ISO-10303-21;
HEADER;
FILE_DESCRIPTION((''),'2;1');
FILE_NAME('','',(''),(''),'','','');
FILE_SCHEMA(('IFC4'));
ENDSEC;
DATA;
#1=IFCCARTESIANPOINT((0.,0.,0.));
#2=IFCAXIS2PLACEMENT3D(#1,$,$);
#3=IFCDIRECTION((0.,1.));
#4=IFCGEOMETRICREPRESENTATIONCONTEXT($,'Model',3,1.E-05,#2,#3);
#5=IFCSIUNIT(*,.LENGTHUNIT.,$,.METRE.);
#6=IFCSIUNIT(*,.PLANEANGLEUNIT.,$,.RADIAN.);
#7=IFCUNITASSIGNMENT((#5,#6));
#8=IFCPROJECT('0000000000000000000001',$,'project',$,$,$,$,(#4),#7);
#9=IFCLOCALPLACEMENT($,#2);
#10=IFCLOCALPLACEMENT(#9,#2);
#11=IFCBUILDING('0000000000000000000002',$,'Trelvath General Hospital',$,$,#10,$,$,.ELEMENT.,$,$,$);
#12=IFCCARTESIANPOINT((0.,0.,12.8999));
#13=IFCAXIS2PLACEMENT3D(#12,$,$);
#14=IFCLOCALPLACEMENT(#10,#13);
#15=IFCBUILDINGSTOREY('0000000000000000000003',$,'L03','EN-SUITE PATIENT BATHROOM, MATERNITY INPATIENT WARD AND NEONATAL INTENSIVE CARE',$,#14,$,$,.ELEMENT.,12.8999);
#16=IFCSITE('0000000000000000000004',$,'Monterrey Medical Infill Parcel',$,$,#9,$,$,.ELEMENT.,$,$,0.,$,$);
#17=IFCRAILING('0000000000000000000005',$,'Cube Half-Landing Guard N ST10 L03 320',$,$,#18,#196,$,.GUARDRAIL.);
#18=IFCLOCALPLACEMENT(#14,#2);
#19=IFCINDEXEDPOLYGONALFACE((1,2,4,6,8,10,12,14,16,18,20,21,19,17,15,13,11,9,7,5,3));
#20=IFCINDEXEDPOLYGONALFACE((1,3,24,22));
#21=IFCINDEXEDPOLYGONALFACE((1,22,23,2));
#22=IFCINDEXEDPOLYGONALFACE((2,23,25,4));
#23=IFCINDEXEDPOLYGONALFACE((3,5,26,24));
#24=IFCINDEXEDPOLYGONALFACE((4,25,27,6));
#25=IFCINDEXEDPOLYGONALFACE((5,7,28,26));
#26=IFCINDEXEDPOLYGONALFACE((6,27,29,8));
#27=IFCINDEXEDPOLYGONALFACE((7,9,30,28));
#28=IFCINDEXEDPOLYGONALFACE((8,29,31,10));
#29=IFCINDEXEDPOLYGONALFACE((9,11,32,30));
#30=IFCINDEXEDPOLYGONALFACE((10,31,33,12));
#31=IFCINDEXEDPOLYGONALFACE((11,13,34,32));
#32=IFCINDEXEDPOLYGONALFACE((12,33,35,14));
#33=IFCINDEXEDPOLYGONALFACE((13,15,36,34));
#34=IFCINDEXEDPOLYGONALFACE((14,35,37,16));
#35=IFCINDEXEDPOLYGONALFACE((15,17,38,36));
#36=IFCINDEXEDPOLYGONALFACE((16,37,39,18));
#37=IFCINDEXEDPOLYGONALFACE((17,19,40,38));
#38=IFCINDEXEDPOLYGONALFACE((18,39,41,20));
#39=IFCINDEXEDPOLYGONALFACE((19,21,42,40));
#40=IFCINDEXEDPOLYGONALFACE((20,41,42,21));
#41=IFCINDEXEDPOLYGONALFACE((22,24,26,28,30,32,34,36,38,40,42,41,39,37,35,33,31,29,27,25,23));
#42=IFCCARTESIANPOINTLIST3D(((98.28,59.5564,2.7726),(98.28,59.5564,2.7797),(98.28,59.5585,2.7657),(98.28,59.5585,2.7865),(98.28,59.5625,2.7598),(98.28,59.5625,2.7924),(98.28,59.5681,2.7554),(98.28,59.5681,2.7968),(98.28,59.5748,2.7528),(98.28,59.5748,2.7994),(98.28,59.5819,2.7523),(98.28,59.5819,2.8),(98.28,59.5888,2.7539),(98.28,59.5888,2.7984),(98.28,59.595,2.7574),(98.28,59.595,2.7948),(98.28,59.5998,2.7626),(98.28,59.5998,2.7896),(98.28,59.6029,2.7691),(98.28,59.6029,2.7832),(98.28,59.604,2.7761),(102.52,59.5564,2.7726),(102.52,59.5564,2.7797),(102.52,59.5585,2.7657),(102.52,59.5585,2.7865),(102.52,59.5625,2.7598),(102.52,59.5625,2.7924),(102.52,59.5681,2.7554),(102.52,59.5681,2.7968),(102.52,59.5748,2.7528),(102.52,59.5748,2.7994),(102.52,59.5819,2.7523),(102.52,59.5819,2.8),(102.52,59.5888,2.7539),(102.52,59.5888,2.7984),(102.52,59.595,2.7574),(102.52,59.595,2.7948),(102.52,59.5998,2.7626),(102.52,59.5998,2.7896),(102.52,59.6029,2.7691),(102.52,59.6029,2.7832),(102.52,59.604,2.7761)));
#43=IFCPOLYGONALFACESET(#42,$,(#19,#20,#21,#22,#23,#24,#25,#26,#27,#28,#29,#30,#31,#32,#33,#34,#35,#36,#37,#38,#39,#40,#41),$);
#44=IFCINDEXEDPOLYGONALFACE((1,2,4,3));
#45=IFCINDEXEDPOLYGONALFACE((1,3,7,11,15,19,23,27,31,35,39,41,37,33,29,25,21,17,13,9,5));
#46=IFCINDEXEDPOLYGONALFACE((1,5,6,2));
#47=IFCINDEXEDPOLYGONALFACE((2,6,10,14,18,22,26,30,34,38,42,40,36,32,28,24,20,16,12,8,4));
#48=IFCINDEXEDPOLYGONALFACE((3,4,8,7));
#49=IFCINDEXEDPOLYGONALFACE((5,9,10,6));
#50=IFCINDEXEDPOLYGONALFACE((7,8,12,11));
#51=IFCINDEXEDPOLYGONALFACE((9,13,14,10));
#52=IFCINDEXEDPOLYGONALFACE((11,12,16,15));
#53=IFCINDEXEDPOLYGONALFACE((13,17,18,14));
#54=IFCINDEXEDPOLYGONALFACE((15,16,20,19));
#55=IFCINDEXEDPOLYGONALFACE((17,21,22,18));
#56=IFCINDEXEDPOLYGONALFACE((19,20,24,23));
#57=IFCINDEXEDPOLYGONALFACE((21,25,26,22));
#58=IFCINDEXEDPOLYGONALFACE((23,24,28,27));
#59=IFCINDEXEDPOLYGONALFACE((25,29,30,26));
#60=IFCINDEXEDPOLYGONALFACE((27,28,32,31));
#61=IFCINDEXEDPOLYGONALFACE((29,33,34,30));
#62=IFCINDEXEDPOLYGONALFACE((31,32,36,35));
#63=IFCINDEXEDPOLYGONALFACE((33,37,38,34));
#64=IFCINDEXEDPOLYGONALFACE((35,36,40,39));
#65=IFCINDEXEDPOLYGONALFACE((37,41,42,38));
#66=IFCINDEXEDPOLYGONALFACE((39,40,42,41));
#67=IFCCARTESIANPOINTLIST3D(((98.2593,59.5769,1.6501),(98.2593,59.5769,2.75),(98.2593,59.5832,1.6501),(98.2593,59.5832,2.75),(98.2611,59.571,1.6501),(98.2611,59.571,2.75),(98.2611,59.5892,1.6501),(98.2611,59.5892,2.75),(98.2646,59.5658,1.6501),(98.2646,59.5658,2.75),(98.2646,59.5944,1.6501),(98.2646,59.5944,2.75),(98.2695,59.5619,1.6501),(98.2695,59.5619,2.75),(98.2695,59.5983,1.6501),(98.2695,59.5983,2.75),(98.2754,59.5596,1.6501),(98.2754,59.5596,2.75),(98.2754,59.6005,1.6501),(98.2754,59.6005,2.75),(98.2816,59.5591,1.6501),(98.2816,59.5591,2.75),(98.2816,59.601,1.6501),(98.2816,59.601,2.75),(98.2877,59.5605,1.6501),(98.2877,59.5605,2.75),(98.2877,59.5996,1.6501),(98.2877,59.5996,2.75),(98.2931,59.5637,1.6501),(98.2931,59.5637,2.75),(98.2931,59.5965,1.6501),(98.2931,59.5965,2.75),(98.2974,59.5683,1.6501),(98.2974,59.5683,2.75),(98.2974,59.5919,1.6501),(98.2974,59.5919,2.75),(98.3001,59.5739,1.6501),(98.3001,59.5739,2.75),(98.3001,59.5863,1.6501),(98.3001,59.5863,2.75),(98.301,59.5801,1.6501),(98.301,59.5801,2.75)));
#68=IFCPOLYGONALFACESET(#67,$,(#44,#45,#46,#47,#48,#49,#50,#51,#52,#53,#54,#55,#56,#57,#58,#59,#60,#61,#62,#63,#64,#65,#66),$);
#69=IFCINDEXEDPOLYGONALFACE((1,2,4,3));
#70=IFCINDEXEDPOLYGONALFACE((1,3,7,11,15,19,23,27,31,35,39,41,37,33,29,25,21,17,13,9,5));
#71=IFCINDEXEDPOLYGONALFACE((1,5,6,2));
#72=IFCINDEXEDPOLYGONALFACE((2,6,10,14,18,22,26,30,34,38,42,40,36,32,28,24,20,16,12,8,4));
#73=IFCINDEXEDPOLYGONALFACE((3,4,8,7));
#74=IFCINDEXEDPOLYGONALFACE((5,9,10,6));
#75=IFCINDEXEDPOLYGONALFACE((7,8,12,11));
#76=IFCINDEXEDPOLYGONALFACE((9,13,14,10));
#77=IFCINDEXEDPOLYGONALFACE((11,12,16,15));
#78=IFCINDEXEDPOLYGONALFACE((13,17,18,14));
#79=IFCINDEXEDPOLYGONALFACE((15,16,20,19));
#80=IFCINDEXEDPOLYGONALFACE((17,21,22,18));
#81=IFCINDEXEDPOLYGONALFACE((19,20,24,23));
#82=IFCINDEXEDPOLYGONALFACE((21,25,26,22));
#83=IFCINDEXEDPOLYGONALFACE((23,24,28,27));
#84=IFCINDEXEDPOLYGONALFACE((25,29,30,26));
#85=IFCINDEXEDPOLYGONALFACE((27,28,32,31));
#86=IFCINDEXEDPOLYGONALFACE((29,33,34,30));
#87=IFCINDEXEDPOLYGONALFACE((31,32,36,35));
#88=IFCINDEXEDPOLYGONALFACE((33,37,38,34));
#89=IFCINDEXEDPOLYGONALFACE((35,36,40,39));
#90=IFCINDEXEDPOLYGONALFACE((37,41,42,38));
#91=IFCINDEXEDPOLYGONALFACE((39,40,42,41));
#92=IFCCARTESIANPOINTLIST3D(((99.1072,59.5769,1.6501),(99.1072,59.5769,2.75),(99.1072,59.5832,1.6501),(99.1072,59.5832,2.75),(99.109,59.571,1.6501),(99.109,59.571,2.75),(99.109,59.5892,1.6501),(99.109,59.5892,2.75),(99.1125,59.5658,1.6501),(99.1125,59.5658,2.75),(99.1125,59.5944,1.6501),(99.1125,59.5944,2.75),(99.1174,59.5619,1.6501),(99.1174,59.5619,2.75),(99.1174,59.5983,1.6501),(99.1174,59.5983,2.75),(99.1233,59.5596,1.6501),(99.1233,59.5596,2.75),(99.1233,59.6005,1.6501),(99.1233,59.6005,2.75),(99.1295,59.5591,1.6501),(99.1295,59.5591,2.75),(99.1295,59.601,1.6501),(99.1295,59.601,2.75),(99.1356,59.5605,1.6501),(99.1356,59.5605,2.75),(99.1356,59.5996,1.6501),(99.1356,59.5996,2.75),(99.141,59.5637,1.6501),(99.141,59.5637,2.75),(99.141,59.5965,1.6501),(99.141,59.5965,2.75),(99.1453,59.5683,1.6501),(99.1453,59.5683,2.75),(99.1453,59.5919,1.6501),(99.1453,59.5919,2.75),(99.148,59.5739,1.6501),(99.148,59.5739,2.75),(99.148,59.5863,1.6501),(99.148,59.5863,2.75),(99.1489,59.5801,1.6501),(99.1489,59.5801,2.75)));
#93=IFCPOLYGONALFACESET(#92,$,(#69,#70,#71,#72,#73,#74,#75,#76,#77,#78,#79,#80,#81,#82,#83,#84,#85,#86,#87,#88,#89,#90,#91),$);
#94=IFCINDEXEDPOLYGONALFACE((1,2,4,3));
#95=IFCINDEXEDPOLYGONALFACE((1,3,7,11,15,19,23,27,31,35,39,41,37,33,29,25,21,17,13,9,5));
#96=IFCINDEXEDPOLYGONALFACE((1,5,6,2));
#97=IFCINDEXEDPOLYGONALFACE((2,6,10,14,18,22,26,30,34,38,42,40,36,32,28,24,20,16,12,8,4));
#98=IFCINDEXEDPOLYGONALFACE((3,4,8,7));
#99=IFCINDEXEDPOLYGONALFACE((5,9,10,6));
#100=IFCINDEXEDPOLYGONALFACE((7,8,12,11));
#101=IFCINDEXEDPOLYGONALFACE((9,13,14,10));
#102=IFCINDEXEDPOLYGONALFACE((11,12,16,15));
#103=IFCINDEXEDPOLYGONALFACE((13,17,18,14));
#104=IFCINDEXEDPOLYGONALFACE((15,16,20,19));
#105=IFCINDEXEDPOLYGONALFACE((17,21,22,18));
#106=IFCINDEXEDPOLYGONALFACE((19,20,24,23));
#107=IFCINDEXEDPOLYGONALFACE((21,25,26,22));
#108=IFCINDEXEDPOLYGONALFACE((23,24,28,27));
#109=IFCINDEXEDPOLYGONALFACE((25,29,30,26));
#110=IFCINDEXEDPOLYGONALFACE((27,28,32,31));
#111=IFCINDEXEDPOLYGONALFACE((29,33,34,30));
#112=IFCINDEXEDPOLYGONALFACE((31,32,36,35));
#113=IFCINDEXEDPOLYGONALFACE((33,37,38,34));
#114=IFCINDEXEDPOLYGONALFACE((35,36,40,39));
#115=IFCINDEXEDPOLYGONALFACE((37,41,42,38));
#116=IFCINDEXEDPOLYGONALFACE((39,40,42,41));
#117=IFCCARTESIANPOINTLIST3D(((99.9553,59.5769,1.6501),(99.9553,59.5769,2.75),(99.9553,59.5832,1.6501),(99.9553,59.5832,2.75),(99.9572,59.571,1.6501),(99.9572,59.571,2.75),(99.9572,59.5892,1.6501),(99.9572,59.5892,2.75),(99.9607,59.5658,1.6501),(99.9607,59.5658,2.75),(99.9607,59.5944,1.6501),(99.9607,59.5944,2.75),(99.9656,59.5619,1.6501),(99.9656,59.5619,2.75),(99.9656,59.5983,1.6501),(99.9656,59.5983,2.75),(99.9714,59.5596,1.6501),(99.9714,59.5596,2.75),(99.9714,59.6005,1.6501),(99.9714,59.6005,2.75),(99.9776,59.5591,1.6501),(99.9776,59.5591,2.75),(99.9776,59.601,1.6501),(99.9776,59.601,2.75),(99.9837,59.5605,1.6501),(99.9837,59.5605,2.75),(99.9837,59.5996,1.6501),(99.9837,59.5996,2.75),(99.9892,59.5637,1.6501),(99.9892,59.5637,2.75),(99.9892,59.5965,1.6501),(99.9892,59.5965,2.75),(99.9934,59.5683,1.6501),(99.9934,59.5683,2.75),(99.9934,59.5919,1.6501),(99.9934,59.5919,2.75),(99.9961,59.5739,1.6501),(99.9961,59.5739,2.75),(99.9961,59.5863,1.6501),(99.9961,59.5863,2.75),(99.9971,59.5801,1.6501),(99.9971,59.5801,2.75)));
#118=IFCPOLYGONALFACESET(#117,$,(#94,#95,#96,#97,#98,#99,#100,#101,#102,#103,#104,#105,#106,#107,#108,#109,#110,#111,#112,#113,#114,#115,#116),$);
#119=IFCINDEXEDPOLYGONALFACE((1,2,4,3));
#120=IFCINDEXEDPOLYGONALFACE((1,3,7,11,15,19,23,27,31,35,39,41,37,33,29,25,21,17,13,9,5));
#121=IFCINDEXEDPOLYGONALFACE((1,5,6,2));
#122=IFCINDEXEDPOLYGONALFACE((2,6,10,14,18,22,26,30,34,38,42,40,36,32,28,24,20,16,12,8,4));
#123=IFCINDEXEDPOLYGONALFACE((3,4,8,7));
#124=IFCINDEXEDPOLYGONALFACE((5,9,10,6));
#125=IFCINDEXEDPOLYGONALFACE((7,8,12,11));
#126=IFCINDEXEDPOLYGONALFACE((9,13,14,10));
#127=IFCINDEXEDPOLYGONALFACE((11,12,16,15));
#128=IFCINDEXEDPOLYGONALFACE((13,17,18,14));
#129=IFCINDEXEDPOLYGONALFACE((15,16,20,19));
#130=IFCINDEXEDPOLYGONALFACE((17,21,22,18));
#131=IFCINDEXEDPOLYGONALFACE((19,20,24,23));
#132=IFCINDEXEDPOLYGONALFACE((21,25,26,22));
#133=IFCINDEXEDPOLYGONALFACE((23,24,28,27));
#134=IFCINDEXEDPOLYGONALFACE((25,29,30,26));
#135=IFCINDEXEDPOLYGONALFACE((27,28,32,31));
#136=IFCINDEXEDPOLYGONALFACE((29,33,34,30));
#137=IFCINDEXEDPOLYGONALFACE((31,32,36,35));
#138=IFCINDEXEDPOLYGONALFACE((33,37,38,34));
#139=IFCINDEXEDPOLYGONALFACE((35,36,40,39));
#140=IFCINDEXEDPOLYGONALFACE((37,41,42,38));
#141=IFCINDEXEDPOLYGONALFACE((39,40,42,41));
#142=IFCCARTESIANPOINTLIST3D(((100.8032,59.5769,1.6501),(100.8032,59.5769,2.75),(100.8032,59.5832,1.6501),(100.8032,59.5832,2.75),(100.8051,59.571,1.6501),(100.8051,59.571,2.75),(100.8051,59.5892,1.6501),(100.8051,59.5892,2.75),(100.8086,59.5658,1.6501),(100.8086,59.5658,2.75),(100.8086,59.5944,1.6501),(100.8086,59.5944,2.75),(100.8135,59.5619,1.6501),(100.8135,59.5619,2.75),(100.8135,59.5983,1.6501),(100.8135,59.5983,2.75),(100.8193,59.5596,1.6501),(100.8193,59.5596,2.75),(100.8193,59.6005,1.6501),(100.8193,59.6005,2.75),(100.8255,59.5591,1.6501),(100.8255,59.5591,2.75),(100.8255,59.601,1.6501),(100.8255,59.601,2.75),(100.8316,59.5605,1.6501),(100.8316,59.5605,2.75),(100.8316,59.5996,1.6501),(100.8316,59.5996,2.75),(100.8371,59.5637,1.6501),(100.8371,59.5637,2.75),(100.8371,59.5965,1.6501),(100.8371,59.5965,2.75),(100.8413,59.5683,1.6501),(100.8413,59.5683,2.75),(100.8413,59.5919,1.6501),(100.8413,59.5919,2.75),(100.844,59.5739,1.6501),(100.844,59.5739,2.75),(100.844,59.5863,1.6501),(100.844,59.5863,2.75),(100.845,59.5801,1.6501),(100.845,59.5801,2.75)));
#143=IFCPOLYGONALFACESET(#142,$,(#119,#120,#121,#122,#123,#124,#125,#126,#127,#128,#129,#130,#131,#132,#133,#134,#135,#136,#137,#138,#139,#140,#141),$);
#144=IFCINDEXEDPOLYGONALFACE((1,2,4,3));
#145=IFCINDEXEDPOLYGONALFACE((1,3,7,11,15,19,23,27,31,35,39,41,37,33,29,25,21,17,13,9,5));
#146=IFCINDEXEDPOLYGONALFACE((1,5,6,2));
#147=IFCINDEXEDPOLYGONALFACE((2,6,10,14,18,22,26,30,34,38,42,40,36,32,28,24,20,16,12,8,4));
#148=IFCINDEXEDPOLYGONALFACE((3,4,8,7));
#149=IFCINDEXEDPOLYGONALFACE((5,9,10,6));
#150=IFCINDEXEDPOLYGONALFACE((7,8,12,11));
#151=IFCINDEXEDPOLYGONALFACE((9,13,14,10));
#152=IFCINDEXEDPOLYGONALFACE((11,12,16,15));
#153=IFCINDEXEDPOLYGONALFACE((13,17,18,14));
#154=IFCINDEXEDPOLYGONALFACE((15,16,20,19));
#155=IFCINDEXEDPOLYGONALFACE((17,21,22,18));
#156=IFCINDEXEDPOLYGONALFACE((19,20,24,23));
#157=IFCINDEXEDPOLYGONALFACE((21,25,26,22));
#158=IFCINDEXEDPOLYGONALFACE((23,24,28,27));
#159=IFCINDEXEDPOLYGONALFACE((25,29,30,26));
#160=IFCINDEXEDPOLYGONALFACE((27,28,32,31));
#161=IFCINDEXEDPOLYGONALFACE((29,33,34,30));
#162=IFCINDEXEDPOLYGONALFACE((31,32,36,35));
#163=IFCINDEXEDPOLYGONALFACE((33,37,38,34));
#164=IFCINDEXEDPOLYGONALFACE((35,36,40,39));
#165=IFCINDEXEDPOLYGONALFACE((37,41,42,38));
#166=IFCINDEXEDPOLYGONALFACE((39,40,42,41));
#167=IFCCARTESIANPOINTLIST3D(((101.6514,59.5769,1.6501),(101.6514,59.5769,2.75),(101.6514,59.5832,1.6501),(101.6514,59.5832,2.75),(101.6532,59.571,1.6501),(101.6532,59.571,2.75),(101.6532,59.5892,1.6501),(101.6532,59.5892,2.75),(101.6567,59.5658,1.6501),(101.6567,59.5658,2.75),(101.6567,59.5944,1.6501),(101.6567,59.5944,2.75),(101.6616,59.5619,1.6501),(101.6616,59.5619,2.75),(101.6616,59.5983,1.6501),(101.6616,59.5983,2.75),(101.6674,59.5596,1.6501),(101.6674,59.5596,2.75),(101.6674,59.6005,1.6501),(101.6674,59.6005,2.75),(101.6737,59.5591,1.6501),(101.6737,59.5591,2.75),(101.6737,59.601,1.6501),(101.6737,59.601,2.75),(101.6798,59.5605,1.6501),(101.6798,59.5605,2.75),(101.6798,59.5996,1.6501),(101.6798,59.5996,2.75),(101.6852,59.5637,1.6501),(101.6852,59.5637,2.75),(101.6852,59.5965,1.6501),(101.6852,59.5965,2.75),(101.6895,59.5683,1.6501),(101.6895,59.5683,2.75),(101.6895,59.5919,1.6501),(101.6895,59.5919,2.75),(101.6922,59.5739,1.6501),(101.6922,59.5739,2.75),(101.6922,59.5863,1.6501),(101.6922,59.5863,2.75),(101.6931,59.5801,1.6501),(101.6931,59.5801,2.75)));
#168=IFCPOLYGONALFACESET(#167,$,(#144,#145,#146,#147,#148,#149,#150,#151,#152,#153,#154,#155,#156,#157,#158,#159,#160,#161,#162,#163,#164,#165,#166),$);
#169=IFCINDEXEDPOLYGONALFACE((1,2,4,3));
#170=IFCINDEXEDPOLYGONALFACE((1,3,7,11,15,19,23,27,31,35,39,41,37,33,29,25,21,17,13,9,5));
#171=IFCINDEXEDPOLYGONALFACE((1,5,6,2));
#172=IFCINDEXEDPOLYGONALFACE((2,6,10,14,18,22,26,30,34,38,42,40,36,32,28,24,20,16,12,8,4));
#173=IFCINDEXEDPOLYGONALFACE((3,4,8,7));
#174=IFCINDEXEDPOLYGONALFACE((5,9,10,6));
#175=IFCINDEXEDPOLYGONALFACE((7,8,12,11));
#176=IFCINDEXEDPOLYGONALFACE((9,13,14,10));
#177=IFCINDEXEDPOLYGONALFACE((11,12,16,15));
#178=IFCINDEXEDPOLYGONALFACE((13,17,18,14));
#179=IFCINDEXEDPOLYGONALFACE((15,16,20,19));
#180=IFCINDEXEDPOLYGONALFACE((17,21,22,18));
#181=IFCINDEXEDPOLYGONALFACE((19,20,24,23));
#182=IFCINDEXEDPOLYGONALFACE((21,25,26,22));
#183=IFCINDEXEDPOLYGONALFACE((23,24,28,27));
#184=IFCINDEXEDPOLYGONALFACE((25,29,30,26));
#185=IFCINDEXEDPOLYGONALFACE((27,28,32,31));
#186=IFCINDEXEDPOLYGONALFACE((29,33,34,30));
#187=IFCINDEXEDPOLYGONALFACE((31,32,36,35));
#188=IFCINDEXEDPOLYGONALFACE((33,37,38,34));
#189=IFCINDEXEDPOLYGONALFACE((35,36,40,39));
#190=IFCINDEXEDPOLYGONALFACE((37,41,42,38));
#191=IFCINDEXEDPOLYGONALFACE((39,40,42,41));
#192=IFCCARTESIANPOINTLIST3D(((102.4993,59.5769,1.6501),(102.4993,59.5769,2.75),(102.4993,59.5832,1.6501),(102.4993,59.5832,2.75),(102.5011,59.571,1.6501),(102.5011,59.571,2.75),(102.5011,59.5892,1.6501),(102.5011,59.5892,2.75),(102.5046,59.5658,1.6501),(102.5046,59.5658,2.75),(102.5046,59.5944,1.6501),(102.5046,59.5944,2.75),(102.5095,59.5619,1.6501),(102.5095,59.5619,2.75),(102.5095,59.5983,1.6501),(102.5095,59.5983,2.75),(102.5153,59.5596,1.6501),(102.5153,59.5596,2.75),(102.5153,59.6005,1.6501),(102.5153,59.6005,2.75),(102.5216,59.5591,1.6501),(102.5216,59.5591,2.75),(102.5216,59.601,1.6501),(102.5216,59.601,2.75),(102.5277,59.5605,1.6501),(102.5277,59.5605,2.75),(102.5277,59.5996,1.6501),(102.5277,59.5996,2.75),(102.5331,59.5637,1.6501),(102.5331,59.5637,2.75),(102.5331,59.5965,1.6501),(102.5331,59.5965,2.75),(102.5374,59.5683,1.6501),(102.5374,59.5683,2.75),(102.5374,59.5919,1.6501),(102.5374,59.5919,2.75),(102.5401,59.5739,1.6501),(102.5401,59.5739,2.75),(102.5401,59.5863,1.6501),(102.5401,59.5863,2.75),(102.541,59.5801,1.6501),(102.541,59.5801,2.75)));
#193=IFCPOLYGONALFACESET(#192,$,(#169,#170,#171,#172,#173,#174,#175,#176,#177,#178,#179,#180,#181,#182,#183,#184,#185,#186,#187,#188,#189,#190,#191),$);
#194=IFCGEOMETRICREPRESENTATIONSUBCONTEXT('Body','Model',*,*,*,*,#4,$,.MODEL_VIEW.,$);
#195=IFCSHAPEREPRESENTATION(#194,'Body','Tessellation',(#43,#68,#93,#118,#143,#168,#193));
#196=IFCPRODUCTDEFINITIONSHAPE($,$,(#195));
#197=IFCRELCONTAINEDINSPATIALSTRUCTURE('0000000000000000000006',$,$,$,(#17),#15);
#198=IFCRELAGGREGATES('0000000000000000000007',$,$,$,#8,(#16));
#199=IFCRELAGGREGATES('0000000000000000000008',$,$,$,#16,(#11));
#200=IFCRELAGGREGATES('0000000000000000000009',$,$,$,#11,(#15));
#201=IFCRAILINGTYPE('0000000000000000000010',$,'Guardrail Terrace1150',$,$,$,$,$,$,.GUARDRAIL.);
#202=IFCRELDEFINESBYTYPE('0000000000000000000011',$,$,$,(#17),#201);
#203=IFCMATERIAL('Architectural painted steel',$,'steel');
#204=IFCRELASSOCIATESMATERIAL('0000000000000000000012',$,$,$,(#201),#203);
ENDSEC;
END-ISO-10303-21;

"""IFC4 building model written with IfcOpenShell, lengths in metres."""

from ifc_helpers import new_model, si_unit, direction, frame, origin, origin_2d, place, context, subcontext, project, spatial, circle, extrude, material, type_object, element, save


model = new_model("IFC4")

# Units and contexts
model_context = context("Model", 3, precision=1e-05, world=origin(), true_north=direction((0.0, 1.0)))
body_context = subcontext(model_context, "Body", "Model", "MODEL_VIEW")
ifc_project = project(units=[si_unit("LENGTHUNIT", "METRE"), si_unit("PLANEANGLEUNIT", "RADIAN")], contexts=[model_context])

# Site, building, storey
site_placement = place(None, origin())
site = spatial("IfcSite", under=ifc_project, at=site_placement, Name="Monterrey Medical Infill Parcel", CompositionType="ELEMENT", RefElevation=0.0)
building_placement = place(site_placement, origin())
building = spatial("IfcBuilding", under=site, at=building_placement, Name="Trelvath General Hospital", CompositionType="ELEMENT")
storey_placement = place(building_placement, frame((0.0, 0.0, 12.8999)))
storey = spatial("IfcBuildingStorey", under=building, at=storey_placement, Name="L03", Description="EN-SUITE PATIENT BATHROOM, MATERNITY INPATIENT WARD AND NEONATAL INTENSIVE CARE", CompositionType="ELEMENT", Elevation=12.8999)

# Railing
ifc_material_1 = material(Name="Architectural painted steel", Category="steel")
railing_type = type_object("IfcRailingType", Name="Guardrail Terrace1150", PredefinedType="GUARDRAIL", material=ifc_material_1)
railing_1_placement = place(storey_placement, frame((98.28, 59.5801, 1.6501)))
element("IfcRailing", 1, at=railing_1_placement, inside=storey, type_object=railing_type, Name="Cube Half-Landing Guard N ST10 L03 320", PredefinedType="GUARDRAIL", context=body_context, shape_type="SweptSolid", body=[
    extrude(circle(Radius=0.0239, at=origin_2d()), frame((0.0, 0.0, 1.126), z_axis=(1.0, 0.0, 0.0), x_axis=(0.0, 1.0, 0.0)), (0.0, 0.0, 1.0), 4.24),
    extrude(circle(Radius=0.021, at=origin_2d()), origin(), (0.0, 0.0, 1.0), 1.0999),
    extrude(circle(Radius=0.021, at=origin_2d()), frame((0.8479, 0.0, 0.0)), (0.0, 0.0, 1.0), 1.0999),
    extrude(circle(Radius=0.021, at=origin_2d()), frame((1.696, 0.0, 0.0)), (0.0, 0.0, 1.0), 1.0999),
    extrude(circle(Radius=0.021, at=origin_2d()), frame((2.5439, 0.0, 0.0)), (0.0, 0.0, 1.0), 1.0999),
    extrude(circle(Radius=0.021, at=origin_2d()), frame((3.3921, 0.0, 0.0)), (0.0, 0.0, 1.0), 1.0999),
    extrude(circle(Radius=0.021, at=origin_2d()), frame((4.24, 0.0, 0.0)), (0.0, 0.0, 1.0), 1.0999),
])

save(model, "model.ifc")
